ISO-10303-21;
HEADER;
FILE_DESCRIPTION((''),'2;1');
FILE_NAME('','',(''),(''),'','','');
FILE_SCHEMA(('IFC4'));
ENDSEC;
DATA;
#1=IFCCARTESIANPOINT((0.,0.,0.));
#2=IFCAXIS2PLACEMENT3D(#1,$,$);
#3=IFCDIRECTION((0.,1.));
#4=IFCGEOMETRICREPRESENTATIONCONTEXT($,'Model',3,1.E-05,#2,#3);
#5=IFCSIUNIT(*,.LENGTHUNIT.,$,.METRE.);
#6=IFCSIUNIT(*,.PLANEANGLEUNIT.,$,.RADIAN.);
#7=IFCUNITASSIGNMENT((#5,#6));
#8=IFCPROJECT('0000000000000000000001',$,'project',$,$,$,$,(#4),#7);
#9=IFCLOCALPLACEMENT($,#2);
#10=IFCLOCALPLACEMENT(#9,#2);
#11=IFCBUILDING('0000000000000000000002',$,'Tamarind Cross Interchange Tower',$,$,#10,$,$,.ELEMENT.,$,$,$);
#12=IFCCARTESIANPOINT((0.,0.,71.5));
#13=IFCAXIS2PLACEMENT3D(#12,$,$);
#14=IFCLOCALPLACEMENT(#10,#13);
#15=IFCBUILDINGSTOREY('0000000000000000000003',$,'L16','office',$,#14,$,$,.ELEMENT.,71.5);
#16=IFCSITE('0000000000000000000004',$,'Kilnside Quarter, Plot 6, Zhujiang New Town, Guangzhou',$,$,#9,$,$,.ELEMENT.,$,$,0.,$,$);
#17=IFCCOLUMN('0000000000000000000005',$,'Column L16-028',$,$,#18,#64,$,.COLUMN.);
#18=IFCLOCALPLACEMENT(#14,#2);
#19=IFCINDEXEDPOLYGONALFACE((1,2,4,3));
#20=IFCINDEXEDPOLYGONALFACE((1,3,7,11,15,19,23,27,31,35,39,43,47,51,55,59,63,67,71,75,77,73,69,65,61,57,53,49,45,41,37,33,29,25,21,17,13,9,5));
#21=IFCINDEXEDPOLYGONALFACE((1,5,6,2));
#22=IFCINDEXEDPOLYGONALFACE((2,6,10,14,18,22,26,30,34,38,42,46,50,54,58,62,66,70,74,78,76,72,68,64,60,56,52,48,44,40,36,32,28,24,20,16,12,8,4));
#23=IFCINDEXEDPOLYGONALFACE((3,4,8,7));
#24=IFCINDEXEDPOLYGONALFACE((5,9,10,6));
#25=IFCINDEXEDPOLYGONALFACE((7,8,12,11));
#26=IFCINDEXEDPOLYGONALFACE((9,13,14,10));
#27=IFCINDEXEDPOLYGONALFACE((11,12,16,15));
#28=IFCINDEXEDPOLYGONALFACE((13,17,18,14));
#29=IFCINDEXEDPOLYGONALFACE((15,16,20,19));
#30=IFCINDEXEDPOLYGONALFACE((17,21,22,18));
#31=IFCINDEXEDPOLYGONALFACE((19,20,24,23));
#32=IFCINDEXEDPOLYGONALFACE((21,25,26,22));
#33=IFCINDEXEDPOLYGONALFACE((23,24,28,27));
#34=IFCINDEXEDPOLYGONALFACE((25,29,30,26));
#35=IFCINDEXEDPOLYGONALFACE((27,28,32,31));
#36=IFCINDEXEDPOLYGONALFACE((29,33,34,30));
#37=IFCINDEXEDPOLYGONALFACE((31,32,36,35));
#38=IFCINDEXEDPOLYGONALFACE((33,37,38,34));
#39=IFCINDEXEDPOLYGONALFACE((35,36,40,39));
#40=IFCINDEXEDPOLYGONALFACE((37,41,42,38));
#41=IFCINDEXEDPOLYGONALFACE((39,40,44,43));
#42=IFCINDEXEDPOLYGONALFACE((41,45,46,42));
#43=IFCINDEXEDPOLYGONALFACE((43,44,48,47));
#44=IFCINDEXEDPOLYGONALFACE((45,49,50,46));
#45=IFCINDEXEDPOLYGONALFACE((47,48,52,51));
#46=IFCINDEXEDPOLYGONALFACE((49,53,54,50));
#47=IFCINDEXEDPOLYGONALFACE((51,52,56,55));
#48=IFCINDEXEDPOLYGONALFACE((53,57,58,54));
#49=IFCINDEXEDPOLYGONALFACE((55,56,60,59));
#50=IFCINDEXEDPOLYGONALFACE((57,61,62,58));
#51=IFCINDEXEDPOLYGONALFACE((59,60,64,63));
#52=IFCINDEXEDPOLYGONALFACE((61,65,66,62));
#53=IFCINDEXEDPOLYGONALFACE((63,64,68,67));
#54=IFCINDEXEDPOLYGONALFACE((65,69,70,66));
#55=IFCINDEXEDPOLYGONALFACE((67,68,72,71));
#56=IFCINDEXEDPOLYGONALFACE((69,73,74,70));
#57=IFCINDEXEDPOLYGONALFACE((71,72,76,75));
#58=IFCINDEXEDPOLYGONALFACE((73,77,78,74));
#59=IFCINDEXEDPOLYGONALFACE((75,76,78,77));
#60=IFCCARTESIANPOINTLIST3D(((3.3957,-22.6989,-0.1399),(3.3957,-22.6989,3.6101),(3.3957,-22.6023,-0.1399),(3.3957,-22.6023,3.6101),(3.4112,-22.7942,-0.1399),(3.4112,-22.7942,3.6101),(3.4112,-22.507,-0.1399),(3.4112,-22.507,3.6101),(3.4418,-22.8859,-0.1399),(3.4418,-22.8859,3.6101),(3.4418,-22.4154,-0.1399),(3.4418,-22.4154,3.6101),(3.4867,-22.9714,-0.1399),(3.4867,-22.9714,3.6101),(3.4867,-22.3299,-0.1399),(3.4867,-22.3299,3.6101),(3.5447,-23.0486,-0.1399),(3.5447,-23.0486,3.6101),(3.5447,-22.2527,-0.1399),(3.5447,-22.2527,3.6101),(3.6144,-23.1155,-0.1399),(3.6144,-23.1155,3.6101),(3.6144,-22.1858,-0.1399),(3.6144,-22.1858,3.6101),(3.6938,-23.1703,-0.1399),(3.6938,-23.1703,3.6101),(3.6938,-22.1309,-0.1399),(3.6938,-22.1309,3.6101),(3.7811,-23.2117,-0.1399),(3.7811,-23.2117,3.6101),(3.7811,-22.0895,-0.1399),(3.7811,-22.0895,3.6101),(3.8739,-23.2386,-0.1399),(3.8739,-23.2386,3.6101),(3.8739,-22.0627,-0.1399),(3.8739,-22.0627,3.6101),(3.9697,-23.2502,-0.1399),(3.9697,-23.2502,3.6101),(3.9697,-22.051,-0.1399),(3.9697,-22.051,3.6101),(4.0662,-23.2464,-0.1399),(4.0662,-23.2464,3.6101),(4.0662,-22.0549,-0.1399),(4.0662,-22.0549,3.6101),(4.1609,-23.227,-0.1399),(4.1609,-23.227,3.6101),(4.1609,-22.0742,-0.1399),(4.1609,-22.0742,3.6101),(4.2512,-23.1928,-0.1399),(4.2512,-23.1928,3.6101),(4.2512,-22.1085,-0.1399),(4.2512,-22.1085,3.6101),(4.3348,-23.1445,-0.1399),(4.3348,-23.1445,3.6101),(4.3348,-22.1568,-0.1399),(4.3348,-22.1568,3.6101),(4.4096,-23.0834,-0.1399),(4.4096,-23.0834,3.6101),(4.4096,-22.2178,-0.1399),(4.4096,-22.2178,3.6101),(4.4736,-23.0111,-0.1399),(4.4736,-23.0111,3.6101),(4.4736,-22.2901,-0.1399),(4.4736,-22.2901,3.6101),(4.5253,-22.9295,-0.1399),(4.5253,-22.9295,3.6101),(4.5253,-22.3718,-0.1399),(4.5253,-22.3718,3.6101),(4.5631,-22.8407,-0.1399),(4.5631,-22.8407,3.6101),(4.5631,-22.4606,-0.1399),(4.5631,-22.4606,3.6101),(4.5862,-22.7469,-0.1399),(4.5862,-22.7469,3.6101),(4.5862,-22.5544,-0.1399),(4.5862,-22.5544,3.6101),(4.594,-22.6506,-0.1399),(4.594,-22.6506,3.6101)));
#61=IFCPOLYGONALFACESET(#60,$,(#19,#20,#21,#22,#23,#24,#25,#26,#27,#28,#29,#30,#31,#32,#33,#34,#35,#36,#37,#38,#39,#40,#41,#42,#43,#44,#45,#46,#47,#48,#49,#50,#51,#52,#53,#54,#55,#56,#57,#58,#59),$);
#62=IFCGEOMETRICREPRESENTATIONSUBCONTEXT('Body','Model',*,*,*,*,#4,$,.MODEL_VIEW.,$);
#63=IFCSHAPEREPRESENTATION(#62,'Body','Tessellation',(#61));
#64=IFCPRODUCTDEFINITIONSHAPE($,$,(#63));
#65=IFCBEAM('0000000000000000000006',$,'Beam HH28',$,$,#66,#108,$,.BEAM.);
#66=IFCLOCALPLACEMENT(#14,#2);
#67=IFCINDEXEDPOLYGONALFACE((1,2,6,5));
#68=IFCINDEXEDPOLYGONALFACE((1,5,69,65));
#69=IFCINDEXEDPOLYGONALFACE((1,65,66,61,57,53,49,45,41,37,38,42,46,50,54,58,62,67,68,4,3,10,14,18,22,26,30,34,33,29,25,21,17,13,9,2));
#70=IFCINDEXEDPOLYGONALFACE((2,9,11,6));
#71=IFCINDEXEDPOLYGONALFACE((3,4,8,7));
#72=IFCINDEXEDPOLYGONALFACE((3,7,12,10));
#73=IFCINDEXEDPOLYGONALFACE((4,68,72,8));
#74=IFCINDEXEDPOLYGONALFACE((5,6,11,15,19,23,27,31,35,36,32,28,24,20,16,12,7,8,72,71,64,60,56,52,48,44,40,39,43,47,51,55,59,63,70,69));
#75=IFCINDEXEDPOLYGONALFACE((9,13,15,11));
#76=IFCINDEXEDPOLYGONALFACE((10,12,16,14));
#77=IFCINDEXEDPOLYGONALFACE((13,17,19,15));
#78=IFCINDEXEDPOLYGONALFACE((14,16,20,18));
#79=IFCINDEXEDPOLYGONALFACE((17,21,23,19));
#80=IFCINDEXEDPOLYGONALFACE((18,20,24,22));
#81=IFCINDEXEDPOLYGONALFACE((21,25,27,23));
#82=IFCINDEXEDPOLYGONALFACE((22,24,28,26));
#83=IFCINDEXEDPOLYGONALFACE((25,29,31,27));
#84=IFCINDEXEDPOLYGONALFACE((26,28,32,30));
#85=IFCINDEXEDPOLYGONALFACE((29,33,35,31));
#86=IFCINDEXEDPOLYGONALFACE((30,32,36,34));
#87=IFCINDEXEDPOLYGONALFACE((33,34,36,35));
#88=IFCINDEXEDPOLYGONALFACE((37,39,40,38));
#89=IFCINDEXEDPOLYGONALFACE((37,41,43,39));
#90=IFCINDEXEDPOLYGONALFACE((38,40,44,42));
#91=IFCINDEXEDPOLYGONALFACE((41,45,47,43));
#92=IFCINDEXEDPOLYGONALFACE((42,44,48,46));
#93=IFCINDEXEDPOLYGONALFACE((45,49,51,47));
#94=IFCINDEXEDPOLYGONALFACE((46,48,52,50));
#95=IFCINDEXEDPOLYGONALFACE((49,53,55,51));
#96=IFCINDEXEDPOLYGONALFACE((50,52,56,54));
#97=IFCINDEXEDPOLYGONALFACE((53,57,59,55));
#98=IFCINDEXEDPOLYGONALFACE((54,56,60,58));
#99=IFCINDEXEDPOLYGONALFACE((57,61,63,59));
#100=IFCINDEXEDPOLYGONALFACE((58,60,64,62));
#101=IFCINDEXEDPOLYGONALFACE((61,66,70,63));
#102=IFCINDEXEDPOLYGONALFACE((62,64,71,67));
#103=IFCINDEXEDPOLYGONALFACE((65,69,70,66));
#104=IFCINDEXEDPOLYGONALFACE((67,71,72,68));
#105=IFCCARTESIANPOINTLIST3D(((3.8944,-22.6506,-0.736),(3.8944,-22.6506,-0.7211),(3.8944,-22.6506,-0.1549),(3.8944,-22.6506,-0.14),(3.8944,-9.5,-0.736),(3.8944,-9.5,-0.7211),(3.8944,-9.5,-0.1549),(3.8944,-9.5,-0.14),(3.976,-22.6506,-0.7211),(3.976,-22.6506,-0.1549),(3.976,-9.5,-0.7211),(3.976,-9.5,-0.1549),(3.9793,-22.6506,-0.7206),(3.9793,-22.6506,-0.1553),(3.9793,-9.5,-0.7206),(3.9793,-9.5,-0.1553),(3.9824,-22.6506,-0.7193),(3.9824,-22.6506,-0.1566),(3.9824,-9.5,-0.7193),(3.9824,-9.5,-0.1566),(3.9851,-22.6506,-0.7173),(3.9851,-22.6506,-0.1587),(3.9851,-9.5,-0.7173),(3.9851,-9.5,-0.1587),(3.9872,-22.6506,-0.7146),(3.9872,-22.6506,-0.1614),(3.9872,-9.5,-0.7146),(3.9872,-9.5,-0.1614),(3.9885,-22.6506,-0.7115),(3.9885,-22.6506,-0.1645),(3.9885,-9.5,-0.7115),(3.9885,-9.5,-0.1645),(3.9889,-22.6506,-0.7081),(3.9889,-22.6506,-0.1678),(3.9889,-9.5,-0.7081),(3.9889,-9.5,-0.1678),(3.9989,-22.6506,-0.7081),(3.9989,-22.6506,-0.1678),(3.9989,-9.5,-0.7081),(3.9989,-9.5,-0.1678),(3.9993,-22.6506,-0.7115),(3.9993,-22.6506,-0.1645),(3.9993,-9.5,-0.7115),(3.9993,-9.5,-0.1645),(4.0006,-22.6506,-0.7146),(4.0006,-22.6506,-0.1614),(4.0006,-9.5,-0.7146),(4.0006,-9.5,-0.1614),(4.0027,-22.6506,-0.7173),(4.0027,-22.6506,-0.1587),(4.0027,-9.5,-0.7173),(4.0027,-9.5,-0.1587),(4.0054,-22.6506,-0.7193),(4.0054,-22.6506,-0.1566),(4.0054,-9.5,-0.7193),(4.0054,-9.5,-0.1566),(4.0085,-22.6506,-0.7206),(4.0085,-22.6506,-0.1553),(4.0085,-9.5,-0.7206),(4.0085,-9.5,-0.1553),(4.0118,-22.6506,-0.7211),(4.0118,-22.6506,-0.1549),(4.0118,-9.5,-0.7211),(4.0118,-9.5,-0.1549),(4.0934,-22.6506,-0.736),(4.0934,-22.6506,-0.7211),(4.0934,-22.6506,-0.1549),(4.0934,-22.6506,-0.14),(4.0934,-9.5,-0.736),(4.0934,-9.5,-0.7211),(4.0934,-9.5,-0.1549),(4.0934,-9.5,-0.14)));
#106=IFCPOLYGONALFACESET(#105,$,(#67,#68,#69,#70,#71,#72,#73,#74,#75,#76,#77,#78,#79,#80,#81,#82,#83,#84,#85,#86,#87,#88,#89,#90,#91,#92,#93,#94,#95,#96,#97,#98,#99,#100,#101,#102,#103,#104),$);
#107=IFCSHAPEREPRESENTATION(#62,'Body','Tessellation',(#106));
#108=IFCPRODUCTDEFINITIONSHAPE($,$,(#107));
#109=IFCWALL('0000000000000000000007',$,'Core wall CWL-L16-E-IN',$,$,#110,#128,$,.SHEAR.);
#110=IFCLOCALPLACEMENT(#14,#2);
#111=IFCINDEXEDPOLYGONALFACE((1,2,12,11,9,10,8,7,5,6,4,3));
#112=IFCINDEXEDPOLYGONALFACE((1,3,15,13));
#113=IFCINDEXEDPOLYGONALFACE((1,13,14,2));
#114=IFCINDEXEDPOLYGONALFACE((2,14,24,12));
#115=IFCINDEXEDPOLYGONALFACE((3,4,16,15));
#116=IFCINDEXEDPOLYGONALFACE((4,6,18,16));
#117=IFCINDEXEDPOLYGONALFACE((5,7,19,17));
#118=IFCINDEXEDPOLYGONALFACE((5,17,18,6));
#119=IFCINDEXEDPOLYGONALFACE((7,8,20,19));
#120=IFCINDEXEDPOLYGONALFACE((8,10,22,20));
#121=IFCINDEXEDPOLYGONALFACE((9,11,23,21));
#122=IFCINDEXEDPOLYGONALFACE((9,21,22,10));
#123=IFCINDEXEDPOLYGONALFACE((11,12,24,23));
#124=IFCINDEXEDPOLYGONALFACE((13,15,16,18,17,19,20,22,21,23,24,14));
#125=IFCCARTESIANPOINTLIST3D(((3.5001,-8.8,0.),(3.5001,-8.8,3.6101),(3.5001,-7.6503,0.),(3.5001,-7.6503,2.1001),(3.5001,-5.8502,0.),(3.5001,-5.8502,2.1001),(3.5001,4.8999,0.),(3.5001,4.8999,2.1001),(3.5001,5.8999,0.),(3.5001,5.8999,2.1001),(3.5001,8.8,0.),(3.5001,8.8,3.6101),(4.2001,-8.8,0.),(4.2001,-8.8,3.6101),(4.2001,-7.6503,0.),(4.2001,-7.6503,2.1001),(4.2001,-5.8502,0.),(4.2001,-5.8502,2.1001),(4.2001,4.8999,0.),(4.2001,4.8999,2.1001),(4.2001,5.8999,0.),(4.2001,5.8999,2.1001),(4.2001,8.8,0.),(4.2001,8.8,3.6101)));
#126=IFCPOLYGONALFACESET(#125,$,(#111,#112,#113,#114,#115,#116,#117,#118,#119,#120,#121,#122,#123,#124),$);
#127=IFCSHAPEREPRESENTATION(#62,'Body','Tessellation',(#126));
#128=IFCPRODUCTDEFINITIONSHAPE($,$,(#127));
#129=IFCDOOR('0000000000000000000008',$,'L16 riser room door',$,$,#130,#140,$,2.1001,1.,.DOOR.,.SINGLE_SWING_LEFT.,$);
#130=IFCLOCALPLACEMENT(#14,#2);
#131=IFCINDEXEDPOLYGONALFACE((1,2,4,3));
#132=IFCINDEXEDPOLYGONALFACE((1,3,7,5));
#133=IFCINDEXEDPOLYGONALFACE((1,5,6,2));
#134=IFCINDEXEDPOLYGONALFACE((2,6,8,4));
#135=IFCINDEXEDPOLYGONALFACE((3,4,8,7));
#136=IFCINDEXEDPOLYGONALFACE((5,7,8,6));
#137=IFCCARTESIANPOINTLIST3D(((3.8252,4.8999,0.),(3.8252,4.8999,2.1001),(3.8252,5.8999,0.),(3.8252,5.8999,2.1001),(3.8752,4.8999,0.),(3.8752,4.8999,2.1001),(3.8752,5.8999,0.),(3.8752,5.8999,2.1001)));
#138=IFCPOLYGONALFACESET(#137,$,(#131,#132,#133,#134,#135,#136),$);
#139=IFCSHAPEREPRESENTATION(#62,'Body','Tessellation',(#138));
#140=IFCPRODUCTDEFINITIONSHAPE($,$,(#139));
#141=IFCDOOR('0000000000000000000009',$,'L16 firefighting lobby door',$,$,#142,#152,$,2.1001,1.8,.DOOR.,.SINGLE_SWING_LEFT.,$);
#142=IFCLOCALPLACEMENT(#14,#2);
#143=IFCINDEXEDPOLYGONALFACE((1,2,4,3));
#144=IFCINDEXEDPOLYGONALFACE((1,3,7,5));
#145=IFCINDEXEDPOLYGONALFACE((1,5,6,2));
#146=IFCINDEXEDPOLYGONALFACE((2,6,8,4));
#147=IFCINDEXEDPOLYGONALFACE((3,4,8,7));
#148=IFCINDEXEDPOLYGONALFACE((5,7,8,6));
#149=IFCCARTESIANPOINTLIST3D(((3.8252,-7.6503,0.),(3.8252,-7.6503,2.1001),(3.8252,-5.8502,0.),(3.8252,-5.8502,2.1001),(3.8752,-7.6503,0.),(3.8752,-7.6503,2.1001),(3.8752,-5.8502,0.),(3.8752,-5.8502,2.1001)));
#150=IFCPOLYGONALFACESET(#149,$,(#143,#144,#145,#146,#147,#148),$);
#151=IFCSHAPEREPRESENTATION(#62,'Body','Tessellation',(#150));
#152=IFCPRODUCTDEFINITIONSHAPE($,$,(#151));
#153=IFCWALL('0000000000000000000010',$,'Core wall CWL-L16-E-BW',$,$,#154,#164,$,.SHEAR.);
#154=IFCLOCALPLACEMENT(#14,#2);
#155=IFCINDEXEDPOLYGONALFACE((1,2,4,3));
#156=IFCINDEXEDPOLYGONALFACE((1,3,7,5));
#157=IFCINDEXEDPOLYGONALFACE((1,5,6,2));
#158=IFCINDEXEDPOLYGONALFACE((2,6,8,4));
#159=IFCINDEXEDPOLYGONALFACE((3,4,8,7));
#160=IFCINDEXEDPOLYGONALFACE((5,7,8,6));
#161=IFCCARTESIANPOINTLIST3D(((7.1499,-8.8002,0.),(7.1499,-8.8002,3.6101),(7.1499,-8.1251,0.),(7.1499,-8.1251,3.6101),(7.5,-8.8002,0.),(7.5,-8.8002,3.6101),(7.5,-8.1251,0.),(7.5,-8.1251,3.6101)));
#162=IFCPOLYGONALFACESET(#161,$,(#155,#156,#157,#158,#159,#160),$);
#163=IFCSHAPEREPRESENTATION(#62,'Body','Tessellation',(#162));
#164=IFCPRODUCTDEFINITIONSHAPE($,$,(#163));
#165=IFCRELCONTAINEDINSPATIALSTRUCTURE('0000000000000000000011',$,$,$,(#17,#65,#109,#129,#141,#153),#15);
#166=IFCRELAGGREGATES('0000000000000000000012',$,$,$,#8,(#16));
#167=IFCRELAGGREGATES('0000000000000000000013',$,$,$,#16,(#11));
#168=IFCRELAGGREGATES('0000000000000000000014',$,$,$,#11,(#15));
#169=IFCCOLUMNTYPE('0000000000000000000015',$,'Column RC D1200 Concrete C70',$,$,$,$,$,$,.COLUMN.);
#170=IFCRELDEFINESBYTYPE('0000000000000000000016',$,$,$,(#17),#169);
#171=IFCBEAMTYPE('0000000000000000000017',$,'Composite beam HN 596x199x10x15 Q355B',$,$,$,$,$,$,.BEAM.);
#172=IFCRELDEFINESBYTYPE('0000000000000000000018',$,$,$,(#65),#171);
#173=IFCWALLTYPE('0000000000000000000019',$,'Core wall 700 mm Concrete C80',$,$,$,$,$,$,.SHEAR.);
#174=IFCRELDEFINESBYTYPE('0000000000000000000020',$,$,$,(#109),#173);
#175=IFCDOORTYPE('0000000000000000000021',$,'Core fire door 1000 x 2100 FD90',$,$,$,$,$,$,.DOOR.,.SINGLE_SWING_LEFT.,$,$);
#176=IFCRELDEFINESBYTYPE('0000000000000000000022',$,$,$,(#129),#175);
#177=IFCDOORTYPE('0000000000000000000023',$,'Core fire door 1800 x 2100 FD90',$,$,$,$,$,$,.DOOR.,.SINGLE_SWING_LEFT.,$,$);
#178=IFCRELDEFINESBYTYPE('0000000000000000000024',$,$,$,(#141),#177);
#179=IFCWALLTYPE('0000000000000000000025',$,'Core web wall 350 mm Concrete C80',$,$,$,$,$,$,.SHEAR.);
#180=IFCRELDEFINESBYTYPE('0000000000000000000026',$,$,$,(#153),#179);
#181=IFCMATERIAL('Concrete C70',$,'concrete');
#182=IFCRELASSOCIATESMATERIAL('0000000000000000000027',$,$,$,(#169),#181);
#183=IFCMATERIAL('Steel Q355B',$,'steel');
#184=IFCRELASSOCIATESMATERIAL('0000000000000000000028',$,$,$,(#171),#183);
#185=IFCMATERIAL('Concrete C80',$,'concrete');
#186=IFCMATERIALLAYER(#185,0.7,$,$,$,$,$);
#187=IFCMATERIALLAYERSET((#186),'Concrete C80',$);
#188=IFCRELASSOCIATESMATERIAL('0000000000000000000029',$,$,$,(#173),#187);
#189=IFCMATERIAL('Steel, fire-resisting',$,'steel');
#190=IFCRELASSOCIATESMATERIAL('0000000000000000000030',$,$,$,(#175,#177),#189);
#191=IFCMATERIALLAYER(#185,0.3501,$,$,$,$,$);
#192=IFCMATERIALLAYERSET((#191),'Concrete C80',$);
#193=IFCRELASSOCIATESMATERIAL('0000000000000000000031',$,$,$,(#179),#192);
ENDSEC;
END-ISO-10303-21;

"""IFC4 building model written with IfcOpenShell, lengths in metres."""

from ifc_helpers import new_model, si_unit, direction, frame, frame_2d, origin, origin_2d, place, context, subcontext, project, spatial, rectangle, circle, i_section, extrude, material, layer, layer_set, material_profile, profile_set, type_object, element, fill, save


model = new_model("IFC4")

# Units and contexts
model_context = context("Model", 3, precision=1e-05, world=origin(), true_north=direction((0.0, 1.0)))
body_context = subcontext(model_context, "Body", "Model", "MODEL_VIEW")
ifc_project = project(units=[si_unit("LENGTHUNIT", "METRE"), si_unit("PLANEANGLEUNIT", "RADIAN")], contexts=[model_context])

# Site, building, storey
site_placement = place(None, origin())
site = spatial("IfcSite", under=ifc_project, at=site_placement, Name="Kilnside Quarter, Plot 6, Zhujiang New Town, Guangzhou", CompositionType="ELEMENT", RefElevation=0.0)
building_placement = place(site_placement, origin())
building = spatial("IfcBuilding", under=site, at=building_placement, Name="Tamarind Cross Interchange Tower", CompositionType="ELEMENT")
storey_placement = place(building_placement, frame((0.0, 0.0, 71.5)))
storey = spatial("IfcBuildingStorey", under=building, at=storey_placement, Name="L16", Description="office", CompositionType="ELEMENT", Elevation=71.5)

# Column
ifc_material_1 = material(Name="Concrete C70", Category="concrete")
ifc_material_profile_1 = material_profile(ifc_material_1, circle(Radius=0.6001, at=origin_2d()), Name="RC D1200")
ifc_profile_set_1 = profile_set([ifc_material_profile_1], Name="Concrete C70")
column_type = type_object("IfcColumnType", Name="Column RC D1200 Concrete C70", PredefinedType="COLUMN", material=ifc_profile_set_1)
column_placement = place(storey_placement, frame((3.9939, -22.6506, -0.1399), z_axis=(0.0, 0.0, 1.0), x_axis=(1.0, 0.0, 0.0)))
element("IfcColumn", 1, at=column_placement, inside=storey, type_object=column_type, Name="Column L16-028", PredefinedType="COLUMN", context=body_context, shape_type="SweptSolid", body=[
    extrude(circle(Radius=0.6001, at=origin_2d()), origin(), (0.0, 0.0, 1.0), 3.75),
])

# Beam
ifc_material_2 = material(Name="Steel Q355B", Category="steel")
ifc_material_profile_2 = material_profile(ifc_material_2, i_section(OverallWidth=0.199, OverallDepth=0.5959, WebThickness=0.01, FlangeThickness=0.0149, FilletRadius=0.0129, at=origin_2d()), Name="HN 596x199x10x15")
ifc_profile_set_2 = profile_set([ifc_material_profile_2], Name="Steel Q355B")
beam_type = type_object("IfcBeamType", Name="Composite beam HN 596x199x10x15 Q355B", PredefinedType="BEAM", material=ifc_profile_set_2)
beam_placement = place(storey_placement, frame((3.9939, -22.6506, -0.438), z_axis=(0.0, 1.0, 0.0), x_axis=(-1.0, 0.0, 0.0)))
element("IfcBeam", 2, at=beam_placement, inside=storey, type_object=beam_type, Name="Beam HH28", PredefinedType="BEAM", context=body_context, shape_type="SweptSolid", body=[
    extrude(i_section(OverallWidth=0.199, OverallDepth=0.5959, WebThickness=0.01, FlangeThickness=0.0149, FilletRadius=0.0129, at=origin_2d()), origin(), (0.0, 0.0, 1.0), 13.1506),
])

# Wall, openings, doors
ifc_material_3 = material(Name="Concrete C80", Category="concrete")
ifc_layer_1 = layer(ifc_material_3, 0.7)
ifc_layer_set_1 = layer_set([ifc_layer_1], Name="Concrete C80")
wall_type_1 = type_object("IfcWallType", Name="Core wall 700 mm Concrete C80", PredefinedType="SHEAR", material=ifc_layer_set_1)
wall_1_placement = place(storey_placement, frame((3.8501, -8.8, 0.0), z_axis=(0.0, 0.0, 1.0), x_axis=(0.0, 1.0, 0.0)))
wall_1 = element("IfcWall", 3, at=wall_1_placement, inside=storey, type_object=wall_type_1, Name="Core wall CWL-L16-E-IN", PredefinedType="SHEAR", context=body_context, shape_type="SweptSolid", body=[
    extrude(rectangle(XDim=17.6001, YDim=0.7, at=frame_2d((8.8, 0.0))), origin(), (0.0, 0.0, 1.0), 3.6101),
])
opening_1_placement = place(wall_1_placement, frame((1.1499, 0.0, 0.0)))
opening_1 = element("IfcOpeningElement", 4, at=opening_1_placement, cuts=wall_1, PredefinedType="OPENING", context=body_context, shape_type="SweptSolid", body=[
    extrude(rectangle(XDim=1.8, YDim=2.1001, at=frame_2d((0.8999, 1.05))), frame((0.0, 0.3599, 0.0), z_axis=(0.0, -1.0, 0.0), x_axis=(1.0, 0.0, 0.0)), (0.0, 0.0, 1.0), 0.72),
])
opening_2_placement = place(wall_1_placement, frame((13.7, 0.0, 0.0)))
opening_2 = element("IfcOpeningElement", 5, at=opening_2_placement, cuts=wall_1, PredefinedType="OPENING", context=body_context, shape_type="SweptSolid", body=[
    extrude(rectangle(XDim=1.0, YDim=2.1001, at=frame_2d((0.5, 1.05))), frame((0.0, 0.3599, 0.0), z_axis=(0.0, -1.0, 0.0), x_axis=(1.0, 0.0, 0.0)), (0.0, 0.0, 1.0), 0.72),
])
ifc_material_4 = material(Name="Steel, fire-resisting", Category="steel")
door_type_1 = type_object("IfcDoorType", Name="Core fire door 1000 x 2100 FD90", OperationType="SINGLE_SWING_LEFT", PredefinedType="DOOR", material=ifc_material_4)
door_1_placement = place(opening_2_placement, origin())
door_1 = element("IfcDoor", 6, at=door_1_placement, inside=storey, type_object=door_type_1, Name="L16 riser room door", OperationType="SINGLE_SWING_LEFT", OverallHeight=2.1001, OverallWidth=1.0, PredefinedType="DOOR", context=body_context, shape_type="SweptSolid", body=[
    extrude(rectangle(XDim=1.0, YDim=2.1001, at=frame_2d((0.5, 1.05))), frame((0.0, 0.0249, 0.0), z_axis=(0.0, -1.0, 0.0), x_axis=(1.0, 0.0, 0.0)), (0.0, 0.0, 1.0), 0.05),
])
fill(opening_2, door_1)
door_type_2 = type_object("IfcDoorType", Name="Core fire door 1800 x 2100 FD90", OperationType="SINGLE_SWING_LEFT", PredefinedType="DOOR", material=ifc_material_4)
door_2_placement = place(opening_1_placement, origin())
door_2 = element("IfcDoor", 7, at=door_2_placement, inside=storey, type_object=door_type_2, Name="L16 firefighting lobby door", OperationType="SINGLE_SWING_LEFT", OverallHeight=2.1001, OverallWidth=1.8, PredefinedType="DOOR", context=body_context, shape_type="SweptSolid", body=[
    extrude(rectangle(XDim=1.8, YDim=2.1001, at=frame_2d((0.8999, 1.05))), frame((0.0, 0.0249, 0.0), z_axis=(0.0, -1.0, 0.0), x_axis=(1.0, 0.0, 0.0)), (0.0, 0.0, 1.0), 0.05),
])
fill(opening_1, door_2)

# Wall
ifc_layer_2 = layer(ifc_material_3, 0.3501)
ifc_layer_set_2 = layer_set([ifc_layer_2], Name="Concrete C80")
wall_type_2 = type_object("IfcWallType", Name="Core web wall 350 mm Concrete C80", PredefinedType="SHEAR", material=ifc_layer_set_2)
wall_2_placement = place(storey_placement, frame((7.325, -8.8, 0.0), z_axis=(0.0, 0.0, 1.0), x_axis=(0.0, 1.0, 0.0)))
element("IfcWall", 8, at=wall_2_placement, inside=storey, type_object=wall_type_2, Name="Core wall CWL-L16-E-BW", PredefinedType="SHEAR", context=body_context, shape_type="SweptSolid", body=[
    extrude(rectangle(XDim=0.675, YDim=0.3501, at=frame_2d((0.3374, 0.0))), origin(), (0.0, 0.0, 1.0), 3.6101),
])

save(model, "model.ifc")
